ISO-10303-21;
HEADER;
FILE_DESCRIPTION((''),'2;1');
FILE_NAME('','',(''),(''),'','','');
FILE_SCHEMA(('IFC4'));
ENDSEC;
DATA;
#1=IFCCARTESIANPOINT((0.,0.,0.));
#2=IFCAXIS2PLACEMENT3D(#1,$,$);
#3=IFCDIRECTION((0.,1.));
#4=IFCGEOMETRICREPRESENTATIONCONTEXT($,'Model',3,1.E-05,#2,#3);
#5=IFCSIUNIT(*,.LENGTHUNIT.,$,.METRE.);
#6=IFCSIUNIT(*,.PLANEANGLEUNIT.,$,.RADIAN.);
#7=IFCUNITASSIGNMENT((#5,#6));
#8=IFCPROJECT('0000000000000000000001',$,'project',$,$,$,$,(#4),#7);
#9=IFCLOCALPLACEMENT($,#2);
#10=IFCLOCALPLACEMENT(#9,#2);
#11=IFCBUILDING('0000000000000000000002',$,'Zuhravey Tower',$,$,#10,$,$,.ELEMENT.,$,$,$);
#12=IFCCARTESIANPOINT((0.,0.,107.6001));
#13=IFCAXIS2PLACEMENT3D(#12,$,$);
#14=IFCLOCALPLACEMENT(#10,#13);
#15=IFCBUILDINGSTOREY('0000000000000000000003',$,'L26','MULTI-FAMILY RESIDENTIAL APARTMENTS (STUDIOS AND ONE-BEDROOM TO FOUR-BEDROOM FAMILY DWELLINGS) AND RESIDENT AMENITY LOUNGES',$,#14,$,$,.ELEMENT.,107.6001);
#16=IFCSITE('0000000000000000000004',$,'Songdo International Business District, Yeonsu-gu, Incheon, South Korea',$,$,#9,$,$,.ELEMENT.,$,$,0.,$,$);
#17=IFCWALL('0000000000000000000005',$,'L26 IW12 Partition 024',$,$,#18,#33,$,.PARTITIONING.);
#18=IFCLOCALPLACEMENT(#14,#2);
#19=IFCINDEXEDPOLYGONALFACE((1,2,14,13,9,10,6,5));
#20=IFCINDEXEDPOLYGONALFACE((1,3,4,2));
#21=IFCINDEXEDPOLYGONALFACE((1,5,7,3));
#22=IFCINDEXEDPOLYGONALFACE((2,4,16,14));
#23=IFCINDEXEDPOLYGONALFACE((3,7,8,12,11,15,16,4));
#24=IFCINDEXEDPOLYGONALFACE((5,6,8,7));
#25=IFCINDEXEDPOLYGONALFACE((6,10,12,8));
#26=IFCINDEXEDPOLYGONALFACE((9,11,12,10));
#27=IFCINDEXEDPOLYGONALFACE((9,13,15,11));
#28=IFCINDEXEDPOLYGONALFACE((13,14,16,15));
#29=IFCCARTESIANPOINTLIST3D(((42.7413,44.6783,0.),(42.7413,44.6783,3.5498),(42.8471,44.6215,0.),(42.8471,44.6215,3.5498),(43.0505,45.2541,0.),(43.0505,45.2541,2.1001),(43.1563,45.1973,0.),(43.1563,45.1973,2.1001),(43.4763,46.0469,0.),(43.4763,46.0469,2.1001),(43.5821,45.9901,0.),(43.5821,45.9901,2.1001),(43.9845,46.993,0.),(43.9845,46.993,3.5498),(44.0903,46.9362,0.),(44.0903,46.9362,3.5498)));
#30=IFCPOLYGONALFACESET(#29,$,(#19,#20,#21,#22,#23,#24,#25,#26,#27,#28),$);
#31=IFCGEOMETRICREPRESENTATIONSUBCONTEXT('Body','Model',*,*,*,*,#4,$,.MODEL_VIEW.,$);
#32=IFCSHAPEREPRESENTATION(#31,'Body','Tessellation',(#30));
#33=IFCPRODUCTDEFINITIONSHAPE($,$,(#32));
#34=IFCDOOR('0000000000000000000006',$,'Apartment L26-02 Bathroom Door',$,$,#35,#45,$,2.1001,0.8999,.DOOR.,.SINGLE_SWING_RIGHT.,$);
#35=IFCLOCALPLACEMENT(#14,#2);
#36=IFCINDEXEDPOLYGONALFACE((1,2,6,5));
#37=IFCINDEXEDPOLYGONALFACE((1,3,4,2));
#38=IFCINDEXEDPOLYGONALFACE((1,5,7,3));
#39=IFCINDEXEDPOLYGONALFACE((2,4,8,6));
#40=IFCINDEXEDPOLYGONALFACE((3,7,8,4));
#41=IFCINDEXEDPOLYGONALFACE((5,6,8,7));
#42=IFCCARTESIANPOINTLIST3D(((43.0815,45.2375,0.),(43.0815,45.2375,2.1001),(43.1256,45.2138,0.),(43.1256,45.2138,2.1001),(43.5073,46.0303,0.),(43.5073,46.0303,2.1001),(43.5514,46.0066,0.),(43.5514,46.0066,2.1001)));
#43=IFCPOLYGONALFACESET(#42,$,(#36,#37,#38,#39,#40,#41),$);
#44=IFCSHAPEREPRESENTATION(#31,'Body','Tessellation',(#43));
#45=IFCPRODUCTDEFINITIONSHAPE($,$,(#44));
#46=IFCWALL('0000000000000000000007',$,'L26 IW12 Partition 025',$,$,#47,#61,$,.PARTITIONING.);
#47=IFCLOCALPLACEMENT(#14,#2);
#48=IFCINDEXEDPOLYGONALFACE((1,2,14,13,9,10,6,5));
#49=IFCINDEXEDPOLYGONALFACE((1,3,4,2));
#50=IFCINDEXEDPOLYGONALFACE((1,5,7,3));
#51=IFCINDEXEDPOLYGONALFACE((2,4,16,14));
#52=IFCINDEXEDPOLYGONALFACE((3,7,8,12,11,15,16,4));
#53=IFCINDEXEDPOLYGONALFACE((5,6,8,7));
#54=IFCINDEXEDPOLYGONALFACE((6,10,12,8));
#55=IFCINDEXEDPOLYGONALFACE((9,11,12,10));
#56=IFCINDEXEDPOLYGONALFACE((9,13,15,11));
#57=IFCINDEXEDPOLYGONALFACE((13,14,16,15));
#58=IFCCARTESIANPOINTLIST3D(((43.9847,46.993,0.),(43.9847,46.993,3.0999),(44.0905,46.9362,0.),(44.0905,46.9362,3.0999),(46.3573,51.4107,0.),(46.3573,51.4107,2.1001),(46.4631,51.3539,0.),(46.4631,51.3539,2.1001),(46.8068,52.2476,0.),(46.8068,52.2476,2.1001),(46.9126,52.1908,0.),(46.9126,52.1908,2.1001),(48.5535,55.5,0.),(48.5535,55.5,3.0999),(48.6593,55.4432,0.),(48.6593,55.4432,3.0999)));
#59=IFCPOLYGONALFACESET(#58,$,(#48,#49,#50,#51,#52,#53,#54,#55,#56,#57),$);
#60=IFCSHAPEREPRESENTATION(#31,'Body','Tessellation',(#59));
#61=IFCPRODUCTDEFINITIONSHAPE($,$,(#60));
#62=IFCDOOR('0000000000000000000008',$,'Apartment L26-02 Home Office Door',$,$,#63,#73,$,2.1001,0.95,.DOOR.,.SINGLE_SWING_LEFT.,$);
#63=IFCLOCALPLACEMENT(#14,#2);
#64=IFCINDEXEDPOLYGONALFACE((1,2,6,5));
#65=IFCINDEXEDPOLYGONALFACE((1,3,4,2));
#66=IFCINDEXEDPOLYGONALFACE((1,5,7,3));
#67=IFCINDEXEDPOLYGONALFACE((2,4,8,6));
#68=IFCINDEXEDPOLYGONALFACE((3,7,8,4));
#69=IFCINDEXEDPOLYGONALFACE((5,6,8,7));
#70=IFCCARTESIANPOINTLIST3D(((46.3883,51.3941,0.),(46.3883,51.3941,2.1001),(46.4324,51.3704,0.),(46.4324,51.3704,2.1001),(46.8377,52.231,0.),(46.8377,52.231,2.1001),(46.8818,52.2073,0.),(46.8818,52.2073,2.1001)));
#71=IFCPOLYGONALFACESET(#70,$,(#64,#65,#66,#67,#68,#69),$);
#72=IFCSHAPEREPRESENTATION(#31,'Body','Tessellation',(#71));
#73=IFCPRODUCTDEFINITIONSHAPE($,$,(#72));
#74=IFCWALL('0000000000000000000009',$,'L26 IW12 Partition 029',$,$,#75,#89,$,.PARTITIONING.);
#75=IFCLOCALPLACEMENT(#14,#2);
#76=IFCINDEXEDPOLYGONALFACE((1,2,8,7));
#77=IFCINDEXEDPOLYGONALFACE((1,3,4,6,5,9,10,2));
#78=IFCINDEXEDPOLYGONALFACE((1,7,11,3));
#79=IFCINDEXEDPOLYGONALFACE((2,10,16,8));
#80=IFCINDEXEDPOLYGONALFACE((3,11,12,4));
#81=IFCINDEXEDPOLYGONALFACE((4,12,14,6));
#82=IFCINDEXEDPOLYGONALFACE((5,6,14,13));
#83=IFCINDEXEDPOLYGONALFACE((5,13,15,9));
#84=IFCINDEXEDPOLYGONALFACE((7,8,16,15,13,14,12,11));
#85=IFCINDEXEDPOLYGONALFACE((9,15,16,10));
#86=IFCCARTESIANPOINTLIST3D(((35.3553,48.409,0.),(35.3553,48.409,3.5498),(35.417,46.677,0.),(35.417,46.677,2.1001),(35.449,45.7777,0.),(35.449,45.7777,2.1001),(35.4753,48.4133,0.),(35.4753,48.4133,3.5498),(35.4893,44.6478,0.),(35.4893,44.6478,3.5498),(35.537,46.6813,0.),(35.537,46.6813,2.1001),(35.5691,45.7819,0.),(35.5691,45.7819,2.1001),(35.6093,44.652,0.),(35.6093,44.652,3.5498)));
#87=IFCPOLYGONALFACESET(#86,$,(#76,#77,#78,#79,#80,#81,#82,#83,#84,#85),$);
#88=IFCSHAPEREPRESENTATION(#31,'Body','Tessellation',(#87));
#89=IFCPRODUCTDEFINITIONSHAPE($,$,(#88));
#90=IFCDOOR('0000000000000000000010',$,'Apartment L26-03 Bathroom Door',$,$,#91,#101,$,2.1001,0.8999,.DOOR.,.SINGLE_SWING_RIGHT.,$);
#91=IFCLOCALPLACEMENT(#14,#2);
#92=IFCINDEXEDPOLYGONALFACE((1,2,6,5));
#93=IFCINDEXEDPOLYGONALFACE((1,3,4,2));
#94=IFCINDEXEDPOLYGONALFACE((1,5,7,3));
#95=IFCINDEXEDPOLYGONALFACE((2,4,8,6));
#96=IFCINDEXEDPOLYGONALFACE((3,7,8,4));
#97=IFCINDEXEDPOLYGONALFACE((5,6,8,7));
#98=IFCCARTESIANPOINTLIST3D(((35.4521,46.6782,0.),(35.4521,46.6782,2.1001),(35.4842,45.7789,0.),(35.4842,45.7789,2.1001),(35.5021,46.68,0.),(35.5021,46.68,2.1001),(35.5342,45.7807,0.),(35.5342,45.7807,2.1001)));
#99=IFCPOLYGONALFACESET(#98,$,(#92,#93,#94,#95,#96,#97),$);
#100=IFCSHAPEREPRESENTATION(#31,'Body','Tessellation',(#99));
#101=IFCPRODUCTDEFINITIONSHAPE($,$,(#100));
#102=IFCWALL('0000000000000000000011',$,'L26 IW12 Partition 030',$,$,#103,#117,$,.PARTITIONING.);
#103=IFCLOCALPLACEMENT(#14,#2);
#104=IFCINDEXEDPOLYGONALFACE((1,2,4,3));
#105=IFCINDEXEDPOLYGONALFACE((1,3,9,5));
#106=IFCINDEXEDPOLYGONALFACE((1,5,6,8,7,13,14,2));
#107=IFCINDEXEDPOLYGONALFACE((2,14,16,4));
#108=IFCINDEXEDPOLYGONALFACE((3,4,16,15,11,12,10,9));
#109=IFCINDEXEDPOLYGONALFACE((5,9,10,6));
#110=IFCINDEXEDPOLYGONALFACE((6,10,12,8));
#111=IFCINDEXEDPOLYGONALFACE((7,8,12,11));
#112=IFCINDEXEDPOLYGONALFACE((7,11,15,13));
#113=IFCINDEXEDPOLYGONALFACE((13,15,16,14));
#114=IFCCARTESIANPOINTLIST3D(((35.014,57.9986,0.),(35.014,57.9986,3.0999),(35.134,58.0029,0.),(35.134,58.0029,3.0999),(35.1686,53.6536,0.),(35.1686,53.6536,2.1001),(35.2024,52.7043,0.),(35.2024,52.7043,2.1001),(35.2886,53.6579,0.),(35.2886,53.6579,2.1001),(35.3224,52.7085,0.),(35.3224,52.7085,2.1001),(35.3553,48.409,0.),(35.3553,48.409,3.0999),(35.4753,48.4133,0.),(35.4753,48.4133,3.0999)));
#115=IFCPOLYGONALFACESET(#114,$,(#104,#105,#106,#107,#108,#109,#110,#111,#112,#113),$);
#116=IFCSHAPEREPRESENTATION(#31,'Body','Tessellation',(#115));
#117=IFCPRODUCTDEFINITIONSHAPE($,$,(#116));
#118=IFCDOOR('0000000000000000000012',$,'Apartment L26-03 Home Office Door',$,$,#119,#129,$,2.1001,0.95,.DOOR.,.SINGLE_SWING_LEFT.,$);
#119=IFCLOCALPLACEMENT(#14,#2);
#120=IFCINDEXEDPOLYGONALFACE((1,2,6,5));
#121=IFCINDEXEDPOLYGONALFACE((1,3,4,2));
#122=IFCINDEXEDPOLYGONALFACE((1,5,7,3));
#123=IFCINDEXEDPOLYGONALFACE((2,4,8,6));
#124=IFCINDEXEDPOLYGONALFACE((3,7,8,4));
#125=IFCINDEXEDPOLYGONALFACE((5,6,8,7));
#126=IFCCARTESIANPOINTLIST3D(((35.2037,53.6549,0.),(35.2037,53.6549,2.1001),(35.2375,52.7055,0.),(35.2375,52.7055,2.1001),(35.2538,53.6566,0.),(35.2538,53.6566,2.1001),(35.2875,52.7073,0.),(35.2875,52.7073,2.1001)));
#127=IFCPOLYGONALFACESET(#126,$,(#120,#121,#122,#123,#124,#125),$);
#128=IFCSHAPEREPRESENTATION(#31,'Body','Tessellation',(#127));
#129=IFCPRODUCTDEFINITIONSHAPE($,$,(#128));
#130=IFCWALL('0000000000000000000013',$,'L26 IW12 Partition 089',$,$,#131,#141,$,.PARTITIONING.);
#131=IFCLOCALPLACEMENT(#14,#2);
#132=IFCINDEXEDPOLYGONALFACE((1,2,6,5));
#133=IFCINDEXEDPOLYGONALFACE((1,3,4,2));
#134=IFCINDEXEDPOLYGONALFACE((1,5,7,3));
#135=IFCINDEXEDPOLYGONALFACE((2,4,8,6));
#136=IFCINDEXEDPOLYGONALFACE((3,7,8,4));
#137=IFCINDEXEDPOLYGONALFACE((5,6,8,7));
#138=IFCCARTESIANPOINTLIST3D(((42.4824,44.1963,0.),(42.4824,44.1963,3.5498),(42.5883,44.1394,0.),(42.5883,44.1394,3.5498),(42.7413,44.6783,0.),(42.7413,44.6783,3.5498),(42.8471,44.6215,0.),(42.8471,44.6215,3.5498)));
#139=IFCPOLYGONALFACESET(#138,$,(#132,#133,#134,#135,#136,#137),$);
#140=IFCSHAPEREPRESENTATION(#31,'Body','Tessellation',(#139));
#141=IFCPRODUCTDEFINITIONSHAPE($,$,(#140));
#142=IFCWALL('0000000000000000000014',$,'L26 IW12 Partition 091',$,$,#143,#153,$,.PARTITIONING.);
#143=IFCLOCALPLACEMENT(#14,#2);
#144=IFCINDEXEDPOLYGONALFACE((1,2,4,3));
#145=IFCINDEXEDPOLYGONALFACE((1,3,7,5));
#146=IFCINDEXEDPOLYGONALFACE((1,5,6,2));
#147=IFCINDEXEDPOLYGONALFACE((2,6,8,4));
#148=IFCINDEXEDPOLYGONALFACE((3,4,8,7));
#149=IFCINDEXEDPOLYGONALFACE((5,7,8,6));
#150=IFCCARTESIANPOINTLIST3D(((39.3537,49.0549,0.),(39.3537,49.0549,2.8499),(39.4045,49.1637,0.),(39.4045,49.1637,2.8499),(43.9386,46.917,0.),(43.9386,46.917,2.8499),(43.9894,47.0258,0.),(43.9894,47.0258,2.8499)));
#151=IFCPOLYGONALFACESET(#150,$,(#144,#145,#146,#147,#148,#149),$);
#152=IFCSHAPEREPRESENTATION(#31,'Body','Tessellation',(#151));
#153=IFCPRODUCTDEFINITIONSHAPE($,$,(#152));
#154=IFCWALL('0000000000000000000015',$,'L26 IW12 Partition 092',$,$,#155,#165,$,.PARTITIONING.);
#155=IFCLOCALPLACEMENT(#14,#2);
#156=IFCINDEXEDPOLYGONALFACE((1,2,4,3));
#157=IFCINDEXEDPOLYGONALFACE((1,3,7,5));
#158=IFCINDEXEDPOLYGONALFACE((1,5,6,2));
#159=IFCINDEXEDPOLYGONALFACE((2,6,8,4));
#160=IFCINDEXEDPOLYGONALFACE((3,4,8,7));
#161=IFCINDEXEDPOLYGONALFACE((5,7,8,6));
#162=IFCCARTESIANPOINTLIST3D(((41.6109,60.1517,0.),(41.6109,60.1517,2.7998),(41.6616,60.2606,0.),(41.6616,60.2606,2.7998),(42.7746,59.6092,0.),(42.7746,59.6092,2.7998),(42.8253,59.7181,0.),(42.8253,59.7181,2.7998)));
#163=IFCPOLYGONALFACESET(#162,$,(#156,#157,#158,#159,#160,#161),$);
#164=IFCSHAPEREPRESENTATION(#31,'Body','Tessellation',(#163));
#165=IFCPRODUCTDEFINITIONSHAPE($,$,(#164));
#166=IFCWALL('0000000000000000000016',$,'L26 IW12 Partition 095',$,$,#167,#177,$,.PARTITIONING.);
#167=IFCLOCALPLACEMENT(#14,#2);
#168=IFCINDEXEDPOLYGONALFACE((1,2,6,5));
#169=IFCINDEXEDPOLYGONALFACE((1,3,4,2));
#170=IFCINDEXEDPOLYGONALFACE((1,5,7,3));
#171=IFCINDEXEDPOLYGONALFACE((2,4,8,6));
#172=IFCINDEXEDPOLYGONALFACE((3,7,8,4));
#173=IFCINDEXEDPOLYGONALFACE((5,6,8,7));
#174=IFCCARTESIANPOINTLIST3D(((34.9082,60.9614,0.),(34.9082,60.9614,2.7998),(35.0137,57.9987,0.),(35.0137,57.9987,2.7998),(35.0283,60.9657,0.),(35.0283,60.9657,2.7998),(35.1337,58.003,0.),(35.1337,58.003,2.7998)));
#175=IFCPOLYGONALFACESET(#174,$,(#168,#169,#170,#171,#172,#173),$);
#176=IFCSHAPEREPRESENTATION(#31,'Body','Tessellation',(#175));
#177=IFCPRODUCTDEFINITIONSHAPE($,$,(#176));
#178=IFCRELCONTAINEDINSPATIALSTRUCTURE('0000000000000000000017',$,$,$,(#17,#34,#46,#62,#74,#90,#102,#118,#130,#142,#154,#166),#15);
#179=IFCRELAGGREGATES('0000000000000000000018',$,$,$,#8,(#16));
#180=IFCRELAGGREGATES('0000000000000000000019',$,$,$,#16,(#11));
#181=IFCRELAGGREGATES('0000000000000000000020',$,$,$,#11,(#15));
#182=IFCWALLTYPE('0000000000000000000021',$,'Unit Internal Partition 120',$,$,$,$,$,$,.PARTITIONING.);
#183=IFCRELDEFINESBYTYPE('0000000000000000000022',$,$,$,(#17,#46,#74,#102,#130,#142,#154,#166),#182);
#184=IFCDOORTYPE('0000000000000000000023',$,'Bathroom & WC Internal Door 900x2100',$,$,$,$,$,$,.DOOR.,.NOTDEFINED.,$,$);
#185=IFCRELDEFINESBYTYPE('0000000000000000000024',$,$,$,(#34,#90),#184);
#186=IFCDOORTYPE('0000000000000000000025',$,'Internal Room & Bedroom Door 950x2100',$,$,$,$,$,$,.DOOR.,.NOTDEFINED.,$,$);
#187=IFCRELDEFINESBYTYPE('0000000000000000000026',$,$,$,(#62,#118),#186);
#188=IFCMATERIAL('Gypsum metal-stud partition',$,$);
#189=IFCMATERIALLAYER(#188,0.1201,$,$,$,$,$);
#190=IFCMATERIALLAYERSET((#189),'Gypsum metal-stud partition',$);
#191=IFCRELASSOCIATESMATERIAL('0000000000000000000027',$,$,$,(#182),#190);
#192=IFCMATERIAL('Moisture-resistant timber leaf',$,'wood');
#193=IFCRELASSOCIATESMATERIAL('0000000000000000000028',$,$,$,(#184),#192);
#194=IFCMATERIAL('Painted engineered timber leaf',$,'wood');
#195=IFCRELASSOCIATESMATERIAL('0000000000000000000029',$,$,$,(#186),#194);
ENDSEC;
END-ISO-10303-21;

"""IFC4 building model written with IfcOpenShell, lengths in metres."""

from ifc_helpers import new_model, si_unit, direction, frame, frame_2d, origin, place, context, subcontext, project, spatial, rectangle, extrude, material, layer, layer_set, type_object, element, fill, save


model = new_model("IFC4")

# Units and contexts
model_context = context("Model", 3, precision=1e-05, world=origin(), true_north=direction((0.0, 1.0)))
body_context = subcontext(model_context, "Body", "Model", "MODEL_VIEW")
ifc_project = project(units=[si_unit("LENGTHUNIT", "METRE"), si_unit("PLANEANGLEUNIT", "RADIAN")], contexts=[model_context])

# Site, building, storey
site_placement = place(None, origin())
site = spatial("IfcSite", under=ifc_project, at=site_placement, Name="Songdo International Business District, Yeonsu-gu, Incheon, South Korea", CompositionType="ELEMENT", RefElevation=0.0)
building_placement = place(site_placement, origin())
building = spatial("IfcBuilding", under=site, at=building_placement, Name="Zuhravey Tower", CompositionType="ELEMENT")
storey_placement = place(building_placement, frame((0.0, 0.0, 107.6001)))
storey = spatial("IfcBuildingStorey", under=building, at=storey_placement, Name="L26", Description="MULTI-FAMILY RESIDENTIAL APARTMENTS (STUDIOS AND ONE-BEDROOM TO FOUR-BEDROOM FAMILY DWELLINGS) AND RESIDENT AMENITY LOUNGES", CompositionType="ELEMENT", Elevation=107.6001)

# Walls, openings, doors
ifc_material_1 = material(Name="Gypsum metal-stud partition")
ifc_layer_1 = layer(ifc_material_1, 0.1201)
ifc_layer_set_1 = layer_set([ifc_layer_1], Name="Gypsum metal-stud partition")
wall_type = type_object("IfcWallType", Name="Unit Internal Partition 120", PredefinedType="PARTITIONING", material=ifc_layer_set_1)
wall_1_placement = place(storey_placement, frame((42.7942, 44.6499, 0.0), z_axis=(0.0, 0.0, 1.0), x_axis=(0.473152, 0.880981, 0.0)))
wall_1 = element("IfcWall", 1, at=wall_1_placement, inside=storey, type_object=wall_type, Name="L26 IW12 Partition 024", PredefinedType="PARTITIONING", context=body_context, shape_type="SweptSolid", body=[
    extrude(rectangle(XDim=2.6274, YDim=0.1201, at=frame_2d((1.3137, 0.0))), origin(), (0.0, 0.0, 1.0), 3.5498),
])
opening_1_placement = place(wall_1_placement, frame((0.6536, 0.0, 0.0)))
opening_1 = element("IfcOpeningElement", 2, at=opening_1_placement, cuts=wall_1, PredefinedType="OPENING", context=body_context, shape_type="SweptSolid", body=[
    extrude(rectangle(XDim=0.8999, YDim=2.1001, at=frame_2d((0.45, 1.05))), frame((0.0, 0.072, 0.0), z_axis=(0.0, -1.0, 0.0), x_axis=(1.0, 0.0, 0.0)), (0.0, 0.0, 1.0), 0.144),
])
ifc_material_2 = material(Name="Moisture-resistant timber leaf", Category="wood")
door_type_1 = type_object("IfcDoorType", Name="Bathroom & WC Internal Door 900x2100", OperationType="NOTDEFINED", PredefinedType="DOOR", material=ifc_material_2)
door_1_placement = place(opening_1_placement, origin())
door_1 = element("IfcDoor", 3, at=door_1_placement, inside=storey, type_object=door_type_1, Name="Apartment L26-02 Bathroom Door", OperationType="SINGLE_SWING_RIGHT", OverallHeight=2.1001, OverallWidth=0.8999, PredefinedType="DOOR", context=body_context, shape_type="SweptSolid", body=[
    extrude(rectangle(XDim=0.8999, YDim=2.1001, at=frame_2d((0.45, 1.05))), frame((0.0, 0.0249, 0.0), z_axis=(0.0, -1.0, 0.0), x_axis=(1.0, 0.0, 0.0)), (0.0, 0.0, 1.0), 0.05),
])
fill(opening_1, door_1)
wall_2_placement = place(storey_placement, frame((44.0376, 46.9646, 0.0), z_axis=(0.0, 0.0, 1.0), x_axis=(0.473145, 0.880984, 0.0)))
wall_2 = element("IfcWall", 4, at=wall_2_placement, inside=storey, type_object=wall_type, Name="L26 IW12 Partition 025", PredefinedType="PARTITIONING", context=body_context, shape_type="SweptSolid", body=[
    extrude(rectangle(XDim=9.6562, YDim=0.1201, at=frame_2d((4.8281, 0.0))), origin(), (0.0, 0.0, 1.0), 3.0999),
])
opening_2_placement = place(wall_2_placement, frame((5.0144, 0.0, 0.0)))
opening_2 = element("IfcOpeningElement", 5, at=opening_2_placement, cuts=wall_2, PredefinedType="OPENING", context=body_context, shape_type="SweptSolid", body=[
    extrude(rectangle(XDim=0.95, YDim=2.1001, at=frame_2d((0.4751, 1.05))), frame((0.0, 0.072, 0.0), z_axis=(0.0, -1.0, 0.0), x_axis=(1.0, 0.0, 0.0)), (0.0, 0.0, 1.0), 0.144),
])
ifc_material_3 = material(Name="Painted engineered timber leaf", Category="wood")
door_type_2 = type_object("IfcDoorType", Name="Internal Room & Bedroom Door 950x2100", OperationType="NOTDEFINED", PredefinedType="DOOR", material=ifc_material_3)
door_2_placement = place(opening_2_placement, origin())
door_2 = element("IfcDoor", 6, at=door_2_placement, inside=storey, type_object=door_type_2, Name="Apartment L26-02 Home Office Door", OperationType="SINGLE_SWING_LEFT", OverallHeight=2.1001, OverallWidth=0.95, PredefinedType="DOOR", context=body_context, shape_type="SweptSolid", body=[
    extrude(rectangle(XDim=0.95, YDim=2.1001, at=frame_2d((0.4751, 1.05))), frame((0.0, 0.0249, 0.0), z_axis=(0.0, -1.0, 0.0), x_axis=(1.0, 0.0, 0.0)), (0.0, 0.0, 1.0), 0.05),
])
fill(opening_2, door_2)
wall_3_placement = place(storey_placement, frame((35.5493, 44.6499, 0.0), z_axis=(0.0, 0.0, 1.0), x_axis=(-0.035613, 0.999366, 0.0)))
wall_3 = element("IfcWall", 7, at=wall_3_placement, inside=storey, type_object=wall_type, Name="L26 IW12 Partition 029", PredefinedType="PARTITIONING", context=body_context, shape_type="SweptSolid", body=[
    extrude(rectangle(XDim=3.7637, YDim=0.1201, at=frame_2d((1.8818, 0.0))), origin(), (0.0, 0.0, 1.0), 3.5498),
])
opening_3_placement = place(wall_3_placement, frame((1.1306, 0.0, 0.0)))
opening_3 = element("IfcOpeningElement", 8, at=opening_3_placement, cuts=wall_3, PredefinedType="OPENING", context=body_context, shape_type="SweptSolid", body=[
    extrude(rectangle(XDim=0.8999, YDim=2.1001, at=frame_2d((0.45, 1.05))), frame((0.0, 0.072, 0.0), z_axis=(0.0, -1.0, 0.0), x_axis=(1.0, 0.0, 0.0)), (0.0, 0.0, 1.0), 0.144),
])
door_3_placement = place(opening_3_placement, origin())
door_3 = element("IfcDoor", 9, at=door_3_placement, inside=storey, type_object=door_type_1, Name="Apartment L26-03 Bathroom Door", OperationType="SINGLE_SWING_RIGHT", OverallHeight=2.1001, OverallWidth=0.8999, PredefinedType="DOOR", context=body_context, shape_type="SweptSolid", body=[
    extrude(rectangle(XDim=0.8999, YDim=2.1001, at=frame_2d((0.45, 1.05))), frame((0.0, 0.0249, 0.0), z_axis=(0.0, -1.0, 0.0), x_axis=(1.0, 0.0, 0.0)), (0.0, 0.0, 1.0), 0.05),
])
fill(opening_3, door_3)
wall_4_placement = place(storey_placement, frame((35.4153, 48.4111, 0.0), z_axis=(0.0, 0.0, 1.0), x_axis=(-0.035569, 0.999367, 0.0)))
wall_4 = element("IfcWall", 10, at=wall_4_placement, inside=storey, type_object=wall_type, Name="L26 IW12 Partition 030", PredefinedType="PARTITIONING", context=body_context, shape_type="SweptSolid", body=[
    extrude(rectangle(XDim=9.5957, YDim=0.1201, at=frame_2d((4.7979, 0.0))), origin(), (0.0, 0.0, 1.0), 3.0999),
])
opening_4_placement = place(wall_4_placement, frame((4.2979, 0.0, 0.0)))
opening_4 = element("IfcOpeningElement", 11, at=opening_4_placement, cuts=wall_4, PredefinedType="OPENING", context=body_context, shape_type="SweptSolid", body=[
    extrude(rectangle(XDim=0.95, YDim=2.1001, at=frame_2d((0.4751, 1.05))), frame((0.0, 0.072, 0.0), z_axis=(0.0, -1.0, 0.0), x_axis=(1.0, 0.0, 0.0)), (0.0, 0.0, 1.0), 0.144),
])
door_4_placement = place(opening_4_placement, origin())
door_4 = element("IfcDoor", 12, at=door_4_placement, inside=storey, type_object=door_type_2, Name="Apartment L26-03 Home Office Door", OperationType="SINGLE_SWING_LEFT", OverallHeight=2.1001, OverallWidth=0.95, PredefinedType="DOOR", context=body_context, shape_type="SweptSolid", body=[
    extrude(rectangle(XDim=0.95, YDim=2.1001, at=frame_2d((0.4751, 1.05))), frame((0.0, 0.0249, 0.0), z_axis=(0.0, -1.0, 0.0), x_axis=(1.0, 0.0, 0.0)), (0.0, 0.0, 1.0), 0.05),
])
fill(opening_4, door_4)

# Walls
wall_5_placement = place(storey_placement, frame((42.5354, 44.168, 0.0), z_axis=(0.0, 0.0, 1.0), x_axis=(0.473088, 0.881015, 0.0)))
element("IfcWall", 13, at=wall_5_placement, inside=storey, type_object=wall_type, Name="L26 IW12 Partition 089", PredefinedType="PARTITIONING", context=body_context, shape_type="SweptSolid", body=[
    extrude(rectangle(XDim=0.5471, YDim=0.1201, at=frame_2d((0.2734, 0.0))), origin(), (0.0, 0.0, 1.0), 3.5498),
])
wall_6_placement = place(storey_placement, frame((43.9639, 46.9714, 0.0), z_axis=(0.0, 0.0, 1.0), x_axis=(-0.906313, 0.422608, 0.0)))
element("IfcWall", 14, at=wall_6_placement, inside=storey, type_object=wall_type, Name="L26 IW12 Partition 091", PredefinedType="PARTITIONING", context=body_context, shape_type="SweptSolid", body=[
    extrude(rectangle(XDim=5.0588, YDim=0.1201, at=frame_2d((2.5293, 0.0))), origin(), (0.0, 0.0, 1.0), 2.8499),
])
wall_7_placement = place(storey_placement, frame((42.8, 59.6636, 0.0), z_axis=(0.0, 0.0, 1.0), x_axis=(-0.906339, 0.422552, 0.0)))
element("IfcWall", 15, at=wall_7_placement, inside=storey, type_object=wall_type, Name="L26 IW12 Partition 092", PredefinedType="PARTITIONING", context=body_context, shape_type="SweptSolid", body=[
    extrude(rectangle(XDim=1.2839, YDim=0.1201, at=frame_2d((0.6421, 0.0))), origin(), (0.0, 0.0, 1.0), 2.7998),
])
wall_8_placement = place(storey_placement, frame((35.0737, 58.0007, 0.0), z_axis=(0.0, 0.0, 1.0), x_axis=(-0.035577, 0.999367, 0.0)))
element("IfcWall", 16, at=wall_8_placement, inside=storey, type_object=wall_type, Name="L26 IW12 Partition 095", PredefinedType="PARTITIONING", context=body_context, shape_type="SweptSolid", body=[
    extrude(rectangle(XDim=2.9646, YDim=0.1201, at=frame_2d((1.4824, 0.0))), origin(), (0.0, 0.0, 1.0), 2.7998),
])

save(model, "model.ifc")
